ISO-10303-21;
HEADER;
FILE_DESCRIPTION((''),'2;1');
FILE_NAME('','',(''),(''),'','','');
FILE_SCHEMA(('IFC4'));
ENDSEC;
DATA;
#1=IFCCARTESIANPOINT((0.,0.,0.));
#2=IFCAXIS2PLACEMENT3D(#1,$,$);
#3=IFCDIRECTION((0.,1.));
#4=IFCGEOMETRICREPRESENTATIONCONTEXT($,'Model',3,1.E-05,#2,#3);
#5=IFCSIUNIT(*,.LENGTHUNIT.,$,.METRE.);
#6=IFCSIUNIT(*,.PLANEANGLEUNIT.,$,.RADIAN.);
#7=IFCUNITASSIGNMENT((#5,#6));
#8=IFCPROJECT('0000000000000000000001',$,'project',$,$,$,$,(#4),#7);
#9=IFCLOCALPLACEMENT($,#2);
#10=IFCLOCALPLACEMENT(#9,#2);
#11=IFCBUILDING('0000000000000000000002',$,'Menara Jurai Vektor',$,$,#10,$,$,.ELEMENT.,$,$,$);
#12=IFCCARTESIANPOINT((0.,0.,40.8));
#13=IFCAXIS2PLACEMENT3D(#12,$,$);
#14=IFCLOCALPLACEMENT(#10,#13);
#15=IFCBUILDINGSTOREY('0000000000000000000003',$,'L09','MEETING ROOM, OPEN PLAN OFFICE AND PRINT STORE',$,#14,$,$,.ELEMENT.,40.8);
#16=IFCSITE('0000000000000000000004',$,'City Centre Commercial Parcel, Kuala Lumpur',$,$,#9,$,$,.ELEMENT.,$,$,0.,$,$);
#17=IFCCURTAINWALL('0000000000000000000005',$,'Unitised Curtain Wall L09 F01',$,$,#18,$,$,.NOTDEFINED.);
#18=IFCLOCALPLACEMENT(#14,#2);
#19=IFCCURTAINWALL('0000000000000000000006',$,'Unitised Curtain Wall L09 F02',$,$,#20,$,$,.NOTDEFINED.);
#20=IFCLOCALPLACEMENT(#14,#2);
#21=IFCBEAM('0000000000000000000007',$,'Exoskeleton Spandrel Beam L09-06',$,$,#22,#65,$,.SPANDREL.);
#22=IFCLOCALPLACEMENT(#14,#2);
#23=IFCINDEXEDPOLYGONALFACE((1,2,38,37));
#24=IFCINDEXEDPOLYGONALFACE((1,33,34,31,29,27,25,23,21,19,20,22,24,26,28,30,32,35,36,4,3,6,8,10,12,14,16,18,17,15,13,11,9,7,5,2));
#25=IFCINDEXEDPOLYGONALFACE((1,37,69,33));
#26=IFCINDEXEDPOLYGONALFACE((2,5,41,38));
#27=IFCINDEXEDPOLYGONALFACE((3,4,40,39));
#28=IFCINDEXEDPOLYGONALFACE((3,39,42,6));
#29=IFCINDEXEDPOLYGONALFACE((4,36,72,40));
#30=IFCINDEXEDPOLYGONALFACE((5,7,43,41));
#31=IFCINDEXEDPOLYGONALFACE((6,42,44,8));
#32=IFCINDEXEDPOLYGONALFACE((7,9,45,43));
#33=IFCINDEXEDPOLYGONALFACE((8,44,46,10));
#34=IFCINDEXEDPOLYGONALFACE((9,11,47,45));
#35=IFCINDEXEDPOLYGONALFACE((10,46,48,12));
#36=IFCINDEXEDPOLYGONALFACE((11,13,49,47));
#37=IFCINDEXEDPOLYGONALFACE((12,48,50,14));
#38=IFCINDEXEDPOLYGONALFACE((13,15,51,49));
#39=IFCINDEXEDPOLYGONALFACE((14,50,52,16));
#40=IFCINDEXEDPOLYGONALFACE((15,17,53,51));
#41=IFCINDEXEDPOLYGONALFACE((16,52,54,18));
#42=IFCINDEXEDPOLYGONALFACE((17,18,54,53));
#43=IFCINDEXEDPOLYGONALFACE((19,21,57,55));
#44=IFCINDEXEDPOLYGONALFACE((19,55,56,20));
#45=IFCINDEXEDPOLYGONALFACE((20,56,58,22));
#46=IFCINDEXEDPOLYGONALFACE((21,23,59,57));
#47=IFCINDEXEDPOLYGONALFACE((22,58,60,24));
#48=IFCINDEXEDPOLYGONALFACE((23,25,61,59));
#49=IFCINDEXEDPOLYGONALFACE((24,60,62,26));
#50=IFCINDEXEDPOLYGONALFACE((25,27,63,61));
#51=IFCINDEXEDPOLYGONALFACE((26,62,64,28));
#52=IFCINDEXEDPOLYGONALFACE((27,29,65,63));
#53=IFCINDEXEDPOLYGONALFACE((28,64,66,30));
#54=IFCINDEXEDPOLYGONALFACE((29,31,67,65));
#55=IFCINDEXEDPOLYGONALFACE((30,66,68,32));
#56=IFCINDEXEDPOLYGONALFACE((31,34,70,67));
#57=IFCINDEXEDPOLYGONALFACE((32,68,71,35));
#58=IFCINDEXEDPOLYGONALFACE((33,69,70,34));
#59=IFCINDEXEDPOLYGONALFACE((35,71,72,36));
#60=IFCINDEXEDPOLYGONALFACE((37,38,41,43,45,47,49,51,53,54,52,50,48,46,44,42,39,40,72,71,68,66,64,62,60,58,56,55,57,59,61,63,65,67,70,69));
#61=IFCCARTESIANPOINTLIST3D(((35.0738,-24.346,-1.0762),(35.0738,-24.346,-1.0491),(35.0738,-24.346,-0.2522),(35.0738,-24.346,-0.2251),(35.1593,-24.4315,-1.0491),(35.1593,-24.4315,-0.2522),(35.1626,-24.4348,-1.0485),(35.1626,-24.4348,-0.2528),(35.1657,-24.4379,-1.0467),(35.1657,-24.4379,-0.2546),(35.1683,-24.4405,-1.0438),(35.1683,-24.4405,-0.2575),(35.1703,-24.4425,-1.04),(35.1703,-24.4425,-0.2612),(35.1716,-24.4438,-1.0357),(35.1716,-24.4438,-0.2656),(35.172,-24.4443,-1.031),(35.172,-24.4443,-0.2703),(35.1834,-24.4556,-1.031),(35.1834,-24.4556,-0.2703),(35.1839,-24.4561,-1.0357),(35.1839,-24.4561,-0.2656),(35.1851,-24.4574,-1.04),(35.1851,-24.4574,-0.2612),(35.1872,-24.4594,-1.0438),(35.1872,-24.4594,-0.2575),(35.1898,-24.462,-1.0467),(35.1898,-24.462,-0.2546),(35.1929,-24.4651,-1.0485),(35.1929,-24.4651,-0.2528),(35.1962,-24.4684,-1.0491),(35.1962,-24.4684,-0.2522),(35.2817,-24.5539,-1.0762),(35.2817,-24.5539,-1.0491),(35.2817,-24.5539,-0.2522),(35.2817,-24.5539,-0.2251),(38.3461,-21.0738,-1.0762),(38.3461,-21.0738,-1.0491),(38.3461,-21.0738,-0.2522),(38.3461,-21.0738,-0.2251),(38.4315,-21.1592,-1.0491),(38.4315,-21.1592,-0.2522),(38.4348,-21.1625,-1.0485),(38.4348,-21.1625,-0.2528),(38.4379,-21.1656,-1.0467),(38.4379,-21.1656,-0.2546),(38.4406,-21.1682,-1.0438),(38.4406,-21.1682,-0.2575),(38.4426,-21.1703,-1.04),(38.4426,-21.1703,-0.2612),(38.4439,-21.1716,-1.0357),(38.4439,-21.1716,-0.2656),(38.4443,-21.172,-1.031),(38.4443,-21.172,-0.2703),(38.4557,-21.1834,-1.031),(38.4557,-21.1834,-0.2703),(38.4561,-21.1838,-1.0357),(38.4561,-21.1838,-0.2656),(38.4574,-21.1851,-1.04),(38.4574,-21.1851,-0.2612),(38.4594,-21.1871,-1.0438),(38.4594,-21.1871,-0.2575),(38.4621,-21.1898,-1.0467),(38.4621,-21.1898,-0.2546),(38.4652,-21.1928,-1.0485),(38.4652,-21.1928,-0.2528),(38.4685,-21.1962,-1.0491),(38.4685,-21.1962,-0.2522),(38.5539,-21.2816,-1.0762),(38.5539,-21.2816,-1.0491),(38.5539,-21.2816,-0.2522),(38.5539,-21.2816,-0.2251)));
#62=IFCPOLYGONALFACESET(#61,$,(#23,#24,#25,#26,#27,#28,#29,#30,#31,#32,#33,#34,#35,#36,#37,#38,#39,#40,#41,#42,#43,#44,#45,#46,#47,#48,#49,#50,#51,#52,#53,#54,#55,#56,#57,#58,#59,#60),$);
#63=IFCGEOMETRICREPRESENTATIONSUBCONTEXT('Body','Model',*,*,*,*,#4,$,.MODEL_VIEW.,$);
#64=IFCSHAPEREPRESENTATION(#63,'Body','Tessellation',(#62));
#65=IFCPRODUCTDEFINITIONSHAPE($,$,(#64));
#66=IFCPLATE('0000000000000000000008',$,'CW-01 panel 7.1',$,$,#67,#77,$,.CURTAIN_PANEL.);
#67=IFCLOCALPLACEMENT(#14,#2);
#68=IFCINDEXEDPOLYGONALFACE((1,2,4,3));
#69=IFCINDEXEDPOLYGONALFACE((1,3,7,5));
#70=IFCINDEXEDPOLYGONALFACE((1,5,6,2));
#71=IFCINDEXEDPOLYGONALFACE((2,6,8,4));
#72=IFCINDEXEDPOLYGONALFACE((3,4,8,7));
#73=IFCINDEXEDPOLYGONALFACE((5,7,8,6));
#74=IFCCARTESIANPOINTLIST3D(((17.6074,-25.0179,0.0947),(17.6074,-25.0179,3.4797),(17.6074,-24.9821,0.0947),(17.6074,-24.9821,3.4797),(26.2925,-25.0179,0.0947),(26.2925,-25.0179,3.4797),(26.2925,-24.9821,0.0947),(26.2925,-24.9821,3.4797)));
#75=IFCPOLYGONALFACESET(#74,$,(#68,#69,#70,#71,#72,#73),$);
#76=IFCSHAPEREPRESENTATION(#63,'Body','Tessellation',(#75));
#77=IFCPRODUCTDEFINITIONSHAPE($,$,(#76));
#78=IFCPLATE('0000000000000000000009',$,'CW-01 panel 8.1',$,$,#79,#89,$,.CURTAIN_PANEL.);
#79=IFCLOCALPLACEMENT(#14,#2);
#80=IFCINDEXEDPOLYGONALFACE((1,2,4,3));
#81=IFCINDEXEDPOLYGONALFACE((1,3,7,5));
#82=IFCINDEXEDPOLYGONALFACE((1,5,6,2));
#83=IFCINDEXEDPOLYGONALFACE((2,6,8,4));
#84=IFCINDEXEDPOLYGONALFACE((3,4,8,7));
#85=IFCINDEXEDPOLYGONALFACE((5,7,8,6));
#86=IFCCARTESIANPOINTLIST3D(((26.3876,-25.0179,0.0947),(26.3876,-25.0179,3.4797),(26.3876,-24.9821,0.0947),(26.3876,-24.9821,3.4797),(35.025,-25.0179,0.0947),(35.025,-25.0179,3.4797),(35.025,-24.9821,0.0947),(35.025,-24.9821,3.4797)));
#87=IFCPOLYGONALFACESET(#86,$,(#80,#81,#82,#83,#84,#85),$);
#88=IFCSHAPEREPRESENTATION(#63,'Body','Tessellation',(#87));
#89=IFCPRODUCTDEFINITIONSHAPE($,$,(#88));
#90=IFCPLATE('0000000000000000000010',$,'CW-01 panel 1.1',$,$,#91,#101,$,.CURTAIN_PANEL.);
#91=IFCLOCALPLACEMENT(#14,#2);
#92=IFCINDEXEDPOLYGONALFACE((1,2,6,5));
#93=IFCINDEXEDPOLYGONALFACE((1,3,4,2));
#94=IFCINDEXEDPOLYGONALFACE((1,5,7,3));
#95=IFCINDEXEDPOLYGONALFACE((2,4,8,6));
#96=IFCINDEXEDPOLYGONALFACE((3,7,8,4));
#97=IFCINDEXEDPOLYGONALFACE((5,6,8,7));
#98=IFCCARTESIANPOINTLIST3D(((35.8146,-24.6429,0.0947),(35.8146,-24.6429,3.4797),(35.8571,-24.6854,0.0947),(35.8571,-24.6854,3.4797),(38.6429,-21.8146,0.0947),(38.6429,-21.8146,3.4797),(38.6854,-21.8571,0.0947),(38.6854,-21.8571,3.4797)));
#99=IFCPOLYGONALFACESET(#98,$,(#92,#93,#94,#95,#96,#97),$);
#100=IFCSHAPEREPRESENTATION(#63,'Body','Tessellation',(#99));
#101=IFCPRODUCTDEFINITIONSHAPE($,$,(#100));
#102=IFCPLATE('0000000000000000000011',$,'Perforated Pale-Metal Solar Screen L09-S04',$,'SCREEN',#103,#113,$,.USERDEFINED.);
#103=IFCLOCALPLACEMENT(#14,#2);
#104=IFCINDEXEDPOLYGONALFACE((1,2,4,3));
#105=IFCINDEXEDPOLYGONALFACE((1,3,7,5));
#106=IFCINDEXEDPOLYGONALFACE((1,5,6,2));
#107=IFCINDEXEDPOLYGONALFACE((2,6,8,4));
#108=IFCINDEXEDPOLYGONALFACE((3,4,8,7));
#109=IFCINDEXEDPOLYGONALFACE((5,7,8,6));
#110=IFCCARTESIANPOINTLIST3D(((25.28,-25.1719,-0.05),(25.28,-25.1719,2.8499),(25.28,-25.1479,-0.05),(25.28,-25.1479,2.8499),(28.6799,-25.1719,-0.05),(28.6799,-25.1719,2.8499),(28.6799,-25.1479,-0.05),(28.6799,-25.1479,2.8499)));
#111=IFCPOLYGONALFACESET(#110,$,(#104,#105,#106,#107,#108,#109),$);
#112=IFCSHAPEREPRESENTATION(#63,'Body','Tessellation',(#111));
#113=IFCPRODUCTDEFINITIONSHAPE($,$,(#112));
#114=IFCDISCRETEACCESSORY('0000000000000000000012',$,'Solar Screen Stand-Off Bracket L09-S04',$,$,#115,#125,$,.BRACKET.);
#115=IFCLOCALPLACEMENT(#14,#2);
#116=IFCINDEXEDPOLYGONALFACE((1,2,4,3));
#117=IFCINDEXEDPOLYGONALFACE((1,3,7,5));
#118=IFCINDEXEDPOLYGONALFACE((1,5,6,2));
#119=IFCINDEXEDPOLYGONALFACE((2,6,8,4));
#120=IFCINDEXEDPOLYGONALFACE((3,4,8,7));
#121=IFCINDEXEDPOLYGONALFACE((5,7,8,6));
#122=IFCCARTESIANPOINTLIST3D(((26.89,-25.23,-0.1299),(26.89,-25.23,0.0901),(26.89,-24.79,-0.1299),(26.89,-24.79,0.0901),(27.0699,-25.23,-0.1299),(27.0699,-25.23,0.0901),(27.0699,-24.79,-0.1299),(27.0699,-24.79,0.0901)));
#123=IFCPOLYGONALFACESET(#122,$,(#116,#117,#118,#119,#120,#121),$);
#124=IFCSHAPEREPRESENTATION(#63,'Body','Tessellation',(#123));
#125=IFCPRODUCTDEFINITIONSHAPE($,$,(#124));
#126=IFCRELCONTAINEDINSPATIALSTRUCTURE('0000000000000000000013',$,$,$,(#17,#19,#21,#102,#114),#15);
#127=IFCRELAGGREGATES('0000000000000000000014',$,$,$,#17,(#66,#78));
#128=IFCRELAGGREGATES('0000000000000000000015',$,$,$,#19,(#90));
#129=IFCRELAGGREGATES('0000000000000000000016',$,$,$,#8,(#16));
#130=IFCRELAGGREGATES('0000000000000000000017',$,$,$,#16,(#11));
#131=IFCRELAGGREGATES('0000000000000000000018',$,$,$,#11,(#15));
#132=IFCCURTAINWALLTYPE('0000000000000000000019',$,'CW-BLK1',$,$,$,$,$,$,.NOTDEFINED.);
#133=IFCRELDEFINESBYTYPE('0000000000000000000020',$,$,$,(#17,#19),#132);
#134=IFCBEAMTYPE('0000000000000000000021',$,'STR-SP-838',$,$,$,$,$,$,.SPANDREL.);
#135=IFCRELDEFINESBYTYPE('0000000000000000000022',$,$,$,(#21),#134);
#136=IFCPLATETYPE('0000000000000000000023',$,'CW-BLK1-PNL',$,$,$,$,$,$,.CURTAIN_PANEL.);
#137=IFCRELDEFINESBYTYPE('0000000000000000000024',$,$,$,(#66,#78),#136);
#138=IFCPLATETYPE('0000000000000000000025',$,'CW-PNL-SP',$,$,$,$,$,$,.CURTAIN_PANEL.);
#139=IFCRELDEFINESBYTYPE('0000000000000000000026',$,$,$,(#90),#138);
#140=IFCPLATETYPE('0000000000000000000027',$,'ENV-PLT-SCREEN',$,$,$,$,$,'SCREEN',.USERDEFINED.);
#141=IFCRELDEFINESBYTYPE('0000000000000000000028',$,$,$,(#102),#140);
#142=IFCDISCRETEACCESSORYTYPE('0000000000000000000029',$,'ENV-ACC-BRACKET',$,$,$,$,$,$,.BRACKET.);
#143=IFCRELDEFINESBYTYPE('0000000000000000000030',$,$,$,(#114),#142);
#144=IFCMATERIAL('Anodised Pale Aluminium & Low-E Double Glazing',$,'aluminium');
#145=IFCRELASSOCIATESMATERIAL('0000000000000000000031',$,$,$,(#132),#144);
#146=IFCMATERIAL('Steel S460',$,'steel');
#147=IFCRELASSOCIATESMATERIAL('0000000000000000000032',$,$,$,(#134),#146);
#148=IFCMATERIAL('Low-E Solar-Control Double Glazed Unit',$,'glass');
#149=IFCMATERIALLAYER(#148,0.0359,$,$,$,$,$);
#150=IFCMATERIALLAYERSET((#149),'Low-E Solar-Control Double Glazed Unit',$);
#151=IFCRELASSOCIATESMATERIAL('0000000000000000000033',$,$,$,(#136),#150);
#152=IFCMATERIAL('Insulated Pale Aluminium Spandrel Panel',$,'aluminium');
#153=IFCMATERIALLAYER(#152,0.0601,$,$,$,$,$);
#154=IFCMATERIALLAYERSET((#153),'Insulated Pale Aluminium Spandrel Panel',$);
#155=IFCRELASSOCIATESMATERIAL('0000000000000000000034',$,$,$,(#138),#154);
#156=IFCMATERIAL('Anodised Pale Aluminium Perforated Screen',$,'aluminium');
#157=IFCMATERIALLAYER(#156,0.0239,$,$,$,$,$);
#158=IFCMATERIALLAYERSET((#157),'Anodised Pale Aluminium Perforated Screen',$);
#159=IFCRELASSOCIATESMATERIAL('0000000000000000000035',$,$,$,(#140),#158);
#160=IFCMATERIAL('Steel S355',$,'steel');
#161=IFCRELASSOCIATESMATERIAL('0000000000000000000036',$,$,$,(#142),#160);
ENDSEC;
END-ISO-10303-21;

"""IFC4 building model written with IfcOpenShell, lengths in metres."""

from ifc_helpers import new_model, si_unit, direction, frame, origin, origin_2d, place, context, subcontext, project, spatial, rectangle, i_section, extrude, material, layer, layer_set, material_profile, profile_set, type_object, element, aggregate, save


model = new_model("IFC4")

# Units and contexts
model_context = context("Model", 3, precision=1e-05, world=origin(), true_north=direction((0.0, 1.0)))
body_context = subcontext(model_context, "Body", "Model", "MODEL_VIEW")
ifc_project = project(units=[si_unit("LENGTHUNIT", "METRE"), si_unit("PLANEANGLEUNIT", "RADIAN")], contexts=[model_context])

# Site, building, storey
site_placement = place(None, origin())
site = spatial("IfcSite", under=ifc_project, at=site_placement, Name="City Centre Commercial Parcel, Kuala Lumpur", CompositionType="ELEMENT", RefElevation=0.0)
building_placement = place(site_placement, origin())
building = spatial("IfcBuilding", under=site, at=building_placement, Name="Menara Jurai Vektor", CompositionType="ELEMENT")
storey_placement = place(building_placement, frame((0.0, 0.0, 40.8)))
storey = spatial("IfcBuildingStorey", under=building, at=storey_placement, Name="L09", Description="MEETING ROOM, OPEN PLAN OFFICE AND PRINT STORE", CompositionType="ELEMENT", Elevation=40.8)

# Shared definitions
ifc_material_1 = material(Name="Steel S460", Category="steel")

# Curtain walls
ifc_material_2 = material(Name="Anodised Pale Aluminium & Low-E Double Glazing", Category="aluminium")
curtain_wall_type = type_object("IfcCurtainWallType", Name="CW-BLK1", PredefinedType="NOTDEFINED", material=ifc_material_2)
curtain_wall_1_placement = place(storey_placement, origin())
curtain_wall_1 = element("IfcCurtainWall", 1, at=curtain_wall_1_placement, inside=storey, type_object=curtain_wall_type, Name="Unitised Curtain Wall L09 F01", PredefinedType="NOTDEFINED")
curtain_wall_2_placement = place(storey_placement, origin())
curtain_wall_2 = element("IfcCurtainWall", 2, at=curtain_wall_2_placement, inside=storey, type_object=curtain_wall_type, Name="Unitised Curtain Wall L09 F02", PredefinedType="NOTDEFINED")

# Shared definitions
ifc_material_3 = material(Name="Steel S355", Category="steel")

# Beam
ifc_material_profile_1 = material_profile(ifc_material_1, i_section(OverallWidth=0.2939, OverallDepth=0.8511, WebThickness=0.0161, FlangeThickness=0.0271, FilletRadius=0.0181, at=origin_2d()), Name="UKB 838x292x226")
ifc_profile_set_1 = profile_set([ifc_material_profile_1], Name="Steel S460")
beam_type_1 = type_object("IfcBeamType", Name="STR-SP-838", PredefinedType="SPANDREL", material=ifc_profile_set_1)
beam_1_placement = place(storey_placement, frame((35.1777, -24.45, -0.6506), z_axis=(0.707107, 0.707107, 0.0), x_axis=(-0.707107, 0.707107, 0.0)))
element("IfcBeam", 3, at=beam_1_placement, inside=storey, type_object=beam_type_1, Name="Exoskeleton Spandrel Beam L09-06", PredefinedType="SPANDREL", context=body_context, shape_type="SweptSolid", body=[
    extrude(i_section(OverallWidth=0.2939, OverallDepth=0.8511, WebThickness=0.0161, FlangeThickness=0.0271, FilletRadius=0.0181, at=origin_2d()), origin(), (0.0, 0.0, 1.0), 4.6277),
])

# Plates
ifc_material_4 = material(Name="Low-E Solar-Control Double Glazed Unit", Category="glass")
ifc_layer_1 = layer(ifc_material_4, 0.0359)
ifc_layer_set_1 = layer_set([ifc_layer_1], Name="Low-E Solar-Control Double Glazed Unit")
plate_type_1 = type_object("IfcPlateType", Name="CW-BLK1-PNL", PredefinedType="CURTAIN_PANEL", material=ifc_layer_set_1)
plate_1_placement = place(storey_placement, frame((21.95, -25.0, 0.0947), z_axis=(0.0, 0.0, 1.0), x_axis=(1.0, 0.0, 0.0)))
plate_1 = element("IfcPlate", 4, at=plate_1_placement, type_object=plate_type_1, Name="CW-01 panel 7.1", PredefinedType="CURTAIN_PANEL", context=body_context, shape_type="SweptSolid", body=[
    extrude(rectangle(XDim=8.6851, YDim=0.0359, at=origin_2d()), origin(), (0.0, 0.0, 1.0), 3.385),
])
plate_2_placement = place(storey_placement, frame((30.7063, -25.0, 0.0947), z_axis=(0.0, 0.0, 1.0), x_axis=(1.0, 0.0, 0.0)))
plate_2 = element("IfcPlate", 5, at=plate_2_placement, type_object=plate_type_1, Name="CW-01 panel 8.1", PredefinedType="CURTAIN_PANEL", context=body_context, shape_type="SweptSolid", body=[
    extrude(rectangle(XDim=8.6375, YDim=0.0359, at=origin_2d()), origin(), (0.0, 0.0, 1.0), 3.385),
])
aggregate(curtain_wall_1, [plate_1, plate_2])
ifc_material_5 = material(Name="Insulated Pale Aluminium Spandrel Panel", Category="aluminium")
ifc_layer_2 = layer(ifc_material_5, 0.0601)
ifc_layer_set_2 = layer_set([ifc_layer_2], Name="Insulated Pale Aluminium Spandrel Panel")
plate_type_2 = type_object("IfcPlateType", Name="CW-PNL-SP", PredefinedType="CURTAIN_PANEL", material=ifc_layer_set_2)
plate_3_placement = place(storey_placement, frame((37.25, -23.25, 0.0947), z_axis=(0.0, 0.0, 1.0), x_axis=(0.707107, 0.707107, 0.0)))
plate_3 = element("IfcPlate", 6, at=plate_3_placement, type_object=plate_type_2, Name="CW-01 panel 1.1", PredefinedType="CURTAIN_PANEL", context=body_context, shape_type="SweptSolid", body=[
    extrude(rectangle(XDim=3.9998, YDim=0.0601, at=origin_2d()), origin(), (0.0, 0.0, 1.0), 3.385),
])
aggregate(curtain_wall_2, [plate_3])
ifc_material_6 = material(Name="Anodised Pale Aluminium Perforated Screen", Category="aluminium")
ifc_layer_3 = layer(ifc_material_6, 0.0239)
ifc_layer_set_3 = layer_set([ifc_layer_3], Name="Anodised Pale Aluminium Perforated Screen")
plate_type_3 = type_object("IfcPlateType", Name="ENV-PLT-SCREEN", ElementType="SCREEN", PredefinedType="USERDEFINED", material=ifc_layer_set_3)
plate_4_placement = place(storey_placement, frame((26.98, -25.1599, -0.05), z_axis=(0.0, 0.0, 1.0), x_axis=(1.0, 0.0, 0.0)))
element("IfcPlate", 7, at=plate_4_placement, inside=storey, type_object=plate_type_3, Name="Perforated Pale-Metal Solar Screen L09-S04", ObjectType="SCREEN", PredefinedType="USERDEFINED", context=body_context, shape_type="SweptSolid", body=[
    extrude(rectangle(XDim=3.3999, YDim=0.0239, at=origin_2d()), origin(), (0.0, 0.0, 1.0), 2.8999),
])

# Discrete accessory
discrete_accessory_type = type_object("IfcDiscreteAccessoryType", Name="ENV-ACC-BRACKET", PredefinedType="BRACKET", material=ifc_material_3)
discrete_accessory_placement = place(storey_placement, frame((26.98, -25.01, -0.1299), z_axis=(0.0, 0.0, 1.0), x_axis=(1.0, 0.0, 0.0)))
element("IfcDiscreteAccessory", 8, at=discrete_accessory_placement, inside=storey, type_object=discrete_accessory_type, Name="Solar Screen Stand-Off Bracket L09-S04", PredefinedType="BRACKET", context=body_context, shape_type="SweptSolid", body=[
    extrude(rectangle(XDim=0.1799, YDim=0.4399, at=origin_2d()), origin(), (0.0, 0.0, 1.0), 0.22),
])

save(model, "model.ifc")
